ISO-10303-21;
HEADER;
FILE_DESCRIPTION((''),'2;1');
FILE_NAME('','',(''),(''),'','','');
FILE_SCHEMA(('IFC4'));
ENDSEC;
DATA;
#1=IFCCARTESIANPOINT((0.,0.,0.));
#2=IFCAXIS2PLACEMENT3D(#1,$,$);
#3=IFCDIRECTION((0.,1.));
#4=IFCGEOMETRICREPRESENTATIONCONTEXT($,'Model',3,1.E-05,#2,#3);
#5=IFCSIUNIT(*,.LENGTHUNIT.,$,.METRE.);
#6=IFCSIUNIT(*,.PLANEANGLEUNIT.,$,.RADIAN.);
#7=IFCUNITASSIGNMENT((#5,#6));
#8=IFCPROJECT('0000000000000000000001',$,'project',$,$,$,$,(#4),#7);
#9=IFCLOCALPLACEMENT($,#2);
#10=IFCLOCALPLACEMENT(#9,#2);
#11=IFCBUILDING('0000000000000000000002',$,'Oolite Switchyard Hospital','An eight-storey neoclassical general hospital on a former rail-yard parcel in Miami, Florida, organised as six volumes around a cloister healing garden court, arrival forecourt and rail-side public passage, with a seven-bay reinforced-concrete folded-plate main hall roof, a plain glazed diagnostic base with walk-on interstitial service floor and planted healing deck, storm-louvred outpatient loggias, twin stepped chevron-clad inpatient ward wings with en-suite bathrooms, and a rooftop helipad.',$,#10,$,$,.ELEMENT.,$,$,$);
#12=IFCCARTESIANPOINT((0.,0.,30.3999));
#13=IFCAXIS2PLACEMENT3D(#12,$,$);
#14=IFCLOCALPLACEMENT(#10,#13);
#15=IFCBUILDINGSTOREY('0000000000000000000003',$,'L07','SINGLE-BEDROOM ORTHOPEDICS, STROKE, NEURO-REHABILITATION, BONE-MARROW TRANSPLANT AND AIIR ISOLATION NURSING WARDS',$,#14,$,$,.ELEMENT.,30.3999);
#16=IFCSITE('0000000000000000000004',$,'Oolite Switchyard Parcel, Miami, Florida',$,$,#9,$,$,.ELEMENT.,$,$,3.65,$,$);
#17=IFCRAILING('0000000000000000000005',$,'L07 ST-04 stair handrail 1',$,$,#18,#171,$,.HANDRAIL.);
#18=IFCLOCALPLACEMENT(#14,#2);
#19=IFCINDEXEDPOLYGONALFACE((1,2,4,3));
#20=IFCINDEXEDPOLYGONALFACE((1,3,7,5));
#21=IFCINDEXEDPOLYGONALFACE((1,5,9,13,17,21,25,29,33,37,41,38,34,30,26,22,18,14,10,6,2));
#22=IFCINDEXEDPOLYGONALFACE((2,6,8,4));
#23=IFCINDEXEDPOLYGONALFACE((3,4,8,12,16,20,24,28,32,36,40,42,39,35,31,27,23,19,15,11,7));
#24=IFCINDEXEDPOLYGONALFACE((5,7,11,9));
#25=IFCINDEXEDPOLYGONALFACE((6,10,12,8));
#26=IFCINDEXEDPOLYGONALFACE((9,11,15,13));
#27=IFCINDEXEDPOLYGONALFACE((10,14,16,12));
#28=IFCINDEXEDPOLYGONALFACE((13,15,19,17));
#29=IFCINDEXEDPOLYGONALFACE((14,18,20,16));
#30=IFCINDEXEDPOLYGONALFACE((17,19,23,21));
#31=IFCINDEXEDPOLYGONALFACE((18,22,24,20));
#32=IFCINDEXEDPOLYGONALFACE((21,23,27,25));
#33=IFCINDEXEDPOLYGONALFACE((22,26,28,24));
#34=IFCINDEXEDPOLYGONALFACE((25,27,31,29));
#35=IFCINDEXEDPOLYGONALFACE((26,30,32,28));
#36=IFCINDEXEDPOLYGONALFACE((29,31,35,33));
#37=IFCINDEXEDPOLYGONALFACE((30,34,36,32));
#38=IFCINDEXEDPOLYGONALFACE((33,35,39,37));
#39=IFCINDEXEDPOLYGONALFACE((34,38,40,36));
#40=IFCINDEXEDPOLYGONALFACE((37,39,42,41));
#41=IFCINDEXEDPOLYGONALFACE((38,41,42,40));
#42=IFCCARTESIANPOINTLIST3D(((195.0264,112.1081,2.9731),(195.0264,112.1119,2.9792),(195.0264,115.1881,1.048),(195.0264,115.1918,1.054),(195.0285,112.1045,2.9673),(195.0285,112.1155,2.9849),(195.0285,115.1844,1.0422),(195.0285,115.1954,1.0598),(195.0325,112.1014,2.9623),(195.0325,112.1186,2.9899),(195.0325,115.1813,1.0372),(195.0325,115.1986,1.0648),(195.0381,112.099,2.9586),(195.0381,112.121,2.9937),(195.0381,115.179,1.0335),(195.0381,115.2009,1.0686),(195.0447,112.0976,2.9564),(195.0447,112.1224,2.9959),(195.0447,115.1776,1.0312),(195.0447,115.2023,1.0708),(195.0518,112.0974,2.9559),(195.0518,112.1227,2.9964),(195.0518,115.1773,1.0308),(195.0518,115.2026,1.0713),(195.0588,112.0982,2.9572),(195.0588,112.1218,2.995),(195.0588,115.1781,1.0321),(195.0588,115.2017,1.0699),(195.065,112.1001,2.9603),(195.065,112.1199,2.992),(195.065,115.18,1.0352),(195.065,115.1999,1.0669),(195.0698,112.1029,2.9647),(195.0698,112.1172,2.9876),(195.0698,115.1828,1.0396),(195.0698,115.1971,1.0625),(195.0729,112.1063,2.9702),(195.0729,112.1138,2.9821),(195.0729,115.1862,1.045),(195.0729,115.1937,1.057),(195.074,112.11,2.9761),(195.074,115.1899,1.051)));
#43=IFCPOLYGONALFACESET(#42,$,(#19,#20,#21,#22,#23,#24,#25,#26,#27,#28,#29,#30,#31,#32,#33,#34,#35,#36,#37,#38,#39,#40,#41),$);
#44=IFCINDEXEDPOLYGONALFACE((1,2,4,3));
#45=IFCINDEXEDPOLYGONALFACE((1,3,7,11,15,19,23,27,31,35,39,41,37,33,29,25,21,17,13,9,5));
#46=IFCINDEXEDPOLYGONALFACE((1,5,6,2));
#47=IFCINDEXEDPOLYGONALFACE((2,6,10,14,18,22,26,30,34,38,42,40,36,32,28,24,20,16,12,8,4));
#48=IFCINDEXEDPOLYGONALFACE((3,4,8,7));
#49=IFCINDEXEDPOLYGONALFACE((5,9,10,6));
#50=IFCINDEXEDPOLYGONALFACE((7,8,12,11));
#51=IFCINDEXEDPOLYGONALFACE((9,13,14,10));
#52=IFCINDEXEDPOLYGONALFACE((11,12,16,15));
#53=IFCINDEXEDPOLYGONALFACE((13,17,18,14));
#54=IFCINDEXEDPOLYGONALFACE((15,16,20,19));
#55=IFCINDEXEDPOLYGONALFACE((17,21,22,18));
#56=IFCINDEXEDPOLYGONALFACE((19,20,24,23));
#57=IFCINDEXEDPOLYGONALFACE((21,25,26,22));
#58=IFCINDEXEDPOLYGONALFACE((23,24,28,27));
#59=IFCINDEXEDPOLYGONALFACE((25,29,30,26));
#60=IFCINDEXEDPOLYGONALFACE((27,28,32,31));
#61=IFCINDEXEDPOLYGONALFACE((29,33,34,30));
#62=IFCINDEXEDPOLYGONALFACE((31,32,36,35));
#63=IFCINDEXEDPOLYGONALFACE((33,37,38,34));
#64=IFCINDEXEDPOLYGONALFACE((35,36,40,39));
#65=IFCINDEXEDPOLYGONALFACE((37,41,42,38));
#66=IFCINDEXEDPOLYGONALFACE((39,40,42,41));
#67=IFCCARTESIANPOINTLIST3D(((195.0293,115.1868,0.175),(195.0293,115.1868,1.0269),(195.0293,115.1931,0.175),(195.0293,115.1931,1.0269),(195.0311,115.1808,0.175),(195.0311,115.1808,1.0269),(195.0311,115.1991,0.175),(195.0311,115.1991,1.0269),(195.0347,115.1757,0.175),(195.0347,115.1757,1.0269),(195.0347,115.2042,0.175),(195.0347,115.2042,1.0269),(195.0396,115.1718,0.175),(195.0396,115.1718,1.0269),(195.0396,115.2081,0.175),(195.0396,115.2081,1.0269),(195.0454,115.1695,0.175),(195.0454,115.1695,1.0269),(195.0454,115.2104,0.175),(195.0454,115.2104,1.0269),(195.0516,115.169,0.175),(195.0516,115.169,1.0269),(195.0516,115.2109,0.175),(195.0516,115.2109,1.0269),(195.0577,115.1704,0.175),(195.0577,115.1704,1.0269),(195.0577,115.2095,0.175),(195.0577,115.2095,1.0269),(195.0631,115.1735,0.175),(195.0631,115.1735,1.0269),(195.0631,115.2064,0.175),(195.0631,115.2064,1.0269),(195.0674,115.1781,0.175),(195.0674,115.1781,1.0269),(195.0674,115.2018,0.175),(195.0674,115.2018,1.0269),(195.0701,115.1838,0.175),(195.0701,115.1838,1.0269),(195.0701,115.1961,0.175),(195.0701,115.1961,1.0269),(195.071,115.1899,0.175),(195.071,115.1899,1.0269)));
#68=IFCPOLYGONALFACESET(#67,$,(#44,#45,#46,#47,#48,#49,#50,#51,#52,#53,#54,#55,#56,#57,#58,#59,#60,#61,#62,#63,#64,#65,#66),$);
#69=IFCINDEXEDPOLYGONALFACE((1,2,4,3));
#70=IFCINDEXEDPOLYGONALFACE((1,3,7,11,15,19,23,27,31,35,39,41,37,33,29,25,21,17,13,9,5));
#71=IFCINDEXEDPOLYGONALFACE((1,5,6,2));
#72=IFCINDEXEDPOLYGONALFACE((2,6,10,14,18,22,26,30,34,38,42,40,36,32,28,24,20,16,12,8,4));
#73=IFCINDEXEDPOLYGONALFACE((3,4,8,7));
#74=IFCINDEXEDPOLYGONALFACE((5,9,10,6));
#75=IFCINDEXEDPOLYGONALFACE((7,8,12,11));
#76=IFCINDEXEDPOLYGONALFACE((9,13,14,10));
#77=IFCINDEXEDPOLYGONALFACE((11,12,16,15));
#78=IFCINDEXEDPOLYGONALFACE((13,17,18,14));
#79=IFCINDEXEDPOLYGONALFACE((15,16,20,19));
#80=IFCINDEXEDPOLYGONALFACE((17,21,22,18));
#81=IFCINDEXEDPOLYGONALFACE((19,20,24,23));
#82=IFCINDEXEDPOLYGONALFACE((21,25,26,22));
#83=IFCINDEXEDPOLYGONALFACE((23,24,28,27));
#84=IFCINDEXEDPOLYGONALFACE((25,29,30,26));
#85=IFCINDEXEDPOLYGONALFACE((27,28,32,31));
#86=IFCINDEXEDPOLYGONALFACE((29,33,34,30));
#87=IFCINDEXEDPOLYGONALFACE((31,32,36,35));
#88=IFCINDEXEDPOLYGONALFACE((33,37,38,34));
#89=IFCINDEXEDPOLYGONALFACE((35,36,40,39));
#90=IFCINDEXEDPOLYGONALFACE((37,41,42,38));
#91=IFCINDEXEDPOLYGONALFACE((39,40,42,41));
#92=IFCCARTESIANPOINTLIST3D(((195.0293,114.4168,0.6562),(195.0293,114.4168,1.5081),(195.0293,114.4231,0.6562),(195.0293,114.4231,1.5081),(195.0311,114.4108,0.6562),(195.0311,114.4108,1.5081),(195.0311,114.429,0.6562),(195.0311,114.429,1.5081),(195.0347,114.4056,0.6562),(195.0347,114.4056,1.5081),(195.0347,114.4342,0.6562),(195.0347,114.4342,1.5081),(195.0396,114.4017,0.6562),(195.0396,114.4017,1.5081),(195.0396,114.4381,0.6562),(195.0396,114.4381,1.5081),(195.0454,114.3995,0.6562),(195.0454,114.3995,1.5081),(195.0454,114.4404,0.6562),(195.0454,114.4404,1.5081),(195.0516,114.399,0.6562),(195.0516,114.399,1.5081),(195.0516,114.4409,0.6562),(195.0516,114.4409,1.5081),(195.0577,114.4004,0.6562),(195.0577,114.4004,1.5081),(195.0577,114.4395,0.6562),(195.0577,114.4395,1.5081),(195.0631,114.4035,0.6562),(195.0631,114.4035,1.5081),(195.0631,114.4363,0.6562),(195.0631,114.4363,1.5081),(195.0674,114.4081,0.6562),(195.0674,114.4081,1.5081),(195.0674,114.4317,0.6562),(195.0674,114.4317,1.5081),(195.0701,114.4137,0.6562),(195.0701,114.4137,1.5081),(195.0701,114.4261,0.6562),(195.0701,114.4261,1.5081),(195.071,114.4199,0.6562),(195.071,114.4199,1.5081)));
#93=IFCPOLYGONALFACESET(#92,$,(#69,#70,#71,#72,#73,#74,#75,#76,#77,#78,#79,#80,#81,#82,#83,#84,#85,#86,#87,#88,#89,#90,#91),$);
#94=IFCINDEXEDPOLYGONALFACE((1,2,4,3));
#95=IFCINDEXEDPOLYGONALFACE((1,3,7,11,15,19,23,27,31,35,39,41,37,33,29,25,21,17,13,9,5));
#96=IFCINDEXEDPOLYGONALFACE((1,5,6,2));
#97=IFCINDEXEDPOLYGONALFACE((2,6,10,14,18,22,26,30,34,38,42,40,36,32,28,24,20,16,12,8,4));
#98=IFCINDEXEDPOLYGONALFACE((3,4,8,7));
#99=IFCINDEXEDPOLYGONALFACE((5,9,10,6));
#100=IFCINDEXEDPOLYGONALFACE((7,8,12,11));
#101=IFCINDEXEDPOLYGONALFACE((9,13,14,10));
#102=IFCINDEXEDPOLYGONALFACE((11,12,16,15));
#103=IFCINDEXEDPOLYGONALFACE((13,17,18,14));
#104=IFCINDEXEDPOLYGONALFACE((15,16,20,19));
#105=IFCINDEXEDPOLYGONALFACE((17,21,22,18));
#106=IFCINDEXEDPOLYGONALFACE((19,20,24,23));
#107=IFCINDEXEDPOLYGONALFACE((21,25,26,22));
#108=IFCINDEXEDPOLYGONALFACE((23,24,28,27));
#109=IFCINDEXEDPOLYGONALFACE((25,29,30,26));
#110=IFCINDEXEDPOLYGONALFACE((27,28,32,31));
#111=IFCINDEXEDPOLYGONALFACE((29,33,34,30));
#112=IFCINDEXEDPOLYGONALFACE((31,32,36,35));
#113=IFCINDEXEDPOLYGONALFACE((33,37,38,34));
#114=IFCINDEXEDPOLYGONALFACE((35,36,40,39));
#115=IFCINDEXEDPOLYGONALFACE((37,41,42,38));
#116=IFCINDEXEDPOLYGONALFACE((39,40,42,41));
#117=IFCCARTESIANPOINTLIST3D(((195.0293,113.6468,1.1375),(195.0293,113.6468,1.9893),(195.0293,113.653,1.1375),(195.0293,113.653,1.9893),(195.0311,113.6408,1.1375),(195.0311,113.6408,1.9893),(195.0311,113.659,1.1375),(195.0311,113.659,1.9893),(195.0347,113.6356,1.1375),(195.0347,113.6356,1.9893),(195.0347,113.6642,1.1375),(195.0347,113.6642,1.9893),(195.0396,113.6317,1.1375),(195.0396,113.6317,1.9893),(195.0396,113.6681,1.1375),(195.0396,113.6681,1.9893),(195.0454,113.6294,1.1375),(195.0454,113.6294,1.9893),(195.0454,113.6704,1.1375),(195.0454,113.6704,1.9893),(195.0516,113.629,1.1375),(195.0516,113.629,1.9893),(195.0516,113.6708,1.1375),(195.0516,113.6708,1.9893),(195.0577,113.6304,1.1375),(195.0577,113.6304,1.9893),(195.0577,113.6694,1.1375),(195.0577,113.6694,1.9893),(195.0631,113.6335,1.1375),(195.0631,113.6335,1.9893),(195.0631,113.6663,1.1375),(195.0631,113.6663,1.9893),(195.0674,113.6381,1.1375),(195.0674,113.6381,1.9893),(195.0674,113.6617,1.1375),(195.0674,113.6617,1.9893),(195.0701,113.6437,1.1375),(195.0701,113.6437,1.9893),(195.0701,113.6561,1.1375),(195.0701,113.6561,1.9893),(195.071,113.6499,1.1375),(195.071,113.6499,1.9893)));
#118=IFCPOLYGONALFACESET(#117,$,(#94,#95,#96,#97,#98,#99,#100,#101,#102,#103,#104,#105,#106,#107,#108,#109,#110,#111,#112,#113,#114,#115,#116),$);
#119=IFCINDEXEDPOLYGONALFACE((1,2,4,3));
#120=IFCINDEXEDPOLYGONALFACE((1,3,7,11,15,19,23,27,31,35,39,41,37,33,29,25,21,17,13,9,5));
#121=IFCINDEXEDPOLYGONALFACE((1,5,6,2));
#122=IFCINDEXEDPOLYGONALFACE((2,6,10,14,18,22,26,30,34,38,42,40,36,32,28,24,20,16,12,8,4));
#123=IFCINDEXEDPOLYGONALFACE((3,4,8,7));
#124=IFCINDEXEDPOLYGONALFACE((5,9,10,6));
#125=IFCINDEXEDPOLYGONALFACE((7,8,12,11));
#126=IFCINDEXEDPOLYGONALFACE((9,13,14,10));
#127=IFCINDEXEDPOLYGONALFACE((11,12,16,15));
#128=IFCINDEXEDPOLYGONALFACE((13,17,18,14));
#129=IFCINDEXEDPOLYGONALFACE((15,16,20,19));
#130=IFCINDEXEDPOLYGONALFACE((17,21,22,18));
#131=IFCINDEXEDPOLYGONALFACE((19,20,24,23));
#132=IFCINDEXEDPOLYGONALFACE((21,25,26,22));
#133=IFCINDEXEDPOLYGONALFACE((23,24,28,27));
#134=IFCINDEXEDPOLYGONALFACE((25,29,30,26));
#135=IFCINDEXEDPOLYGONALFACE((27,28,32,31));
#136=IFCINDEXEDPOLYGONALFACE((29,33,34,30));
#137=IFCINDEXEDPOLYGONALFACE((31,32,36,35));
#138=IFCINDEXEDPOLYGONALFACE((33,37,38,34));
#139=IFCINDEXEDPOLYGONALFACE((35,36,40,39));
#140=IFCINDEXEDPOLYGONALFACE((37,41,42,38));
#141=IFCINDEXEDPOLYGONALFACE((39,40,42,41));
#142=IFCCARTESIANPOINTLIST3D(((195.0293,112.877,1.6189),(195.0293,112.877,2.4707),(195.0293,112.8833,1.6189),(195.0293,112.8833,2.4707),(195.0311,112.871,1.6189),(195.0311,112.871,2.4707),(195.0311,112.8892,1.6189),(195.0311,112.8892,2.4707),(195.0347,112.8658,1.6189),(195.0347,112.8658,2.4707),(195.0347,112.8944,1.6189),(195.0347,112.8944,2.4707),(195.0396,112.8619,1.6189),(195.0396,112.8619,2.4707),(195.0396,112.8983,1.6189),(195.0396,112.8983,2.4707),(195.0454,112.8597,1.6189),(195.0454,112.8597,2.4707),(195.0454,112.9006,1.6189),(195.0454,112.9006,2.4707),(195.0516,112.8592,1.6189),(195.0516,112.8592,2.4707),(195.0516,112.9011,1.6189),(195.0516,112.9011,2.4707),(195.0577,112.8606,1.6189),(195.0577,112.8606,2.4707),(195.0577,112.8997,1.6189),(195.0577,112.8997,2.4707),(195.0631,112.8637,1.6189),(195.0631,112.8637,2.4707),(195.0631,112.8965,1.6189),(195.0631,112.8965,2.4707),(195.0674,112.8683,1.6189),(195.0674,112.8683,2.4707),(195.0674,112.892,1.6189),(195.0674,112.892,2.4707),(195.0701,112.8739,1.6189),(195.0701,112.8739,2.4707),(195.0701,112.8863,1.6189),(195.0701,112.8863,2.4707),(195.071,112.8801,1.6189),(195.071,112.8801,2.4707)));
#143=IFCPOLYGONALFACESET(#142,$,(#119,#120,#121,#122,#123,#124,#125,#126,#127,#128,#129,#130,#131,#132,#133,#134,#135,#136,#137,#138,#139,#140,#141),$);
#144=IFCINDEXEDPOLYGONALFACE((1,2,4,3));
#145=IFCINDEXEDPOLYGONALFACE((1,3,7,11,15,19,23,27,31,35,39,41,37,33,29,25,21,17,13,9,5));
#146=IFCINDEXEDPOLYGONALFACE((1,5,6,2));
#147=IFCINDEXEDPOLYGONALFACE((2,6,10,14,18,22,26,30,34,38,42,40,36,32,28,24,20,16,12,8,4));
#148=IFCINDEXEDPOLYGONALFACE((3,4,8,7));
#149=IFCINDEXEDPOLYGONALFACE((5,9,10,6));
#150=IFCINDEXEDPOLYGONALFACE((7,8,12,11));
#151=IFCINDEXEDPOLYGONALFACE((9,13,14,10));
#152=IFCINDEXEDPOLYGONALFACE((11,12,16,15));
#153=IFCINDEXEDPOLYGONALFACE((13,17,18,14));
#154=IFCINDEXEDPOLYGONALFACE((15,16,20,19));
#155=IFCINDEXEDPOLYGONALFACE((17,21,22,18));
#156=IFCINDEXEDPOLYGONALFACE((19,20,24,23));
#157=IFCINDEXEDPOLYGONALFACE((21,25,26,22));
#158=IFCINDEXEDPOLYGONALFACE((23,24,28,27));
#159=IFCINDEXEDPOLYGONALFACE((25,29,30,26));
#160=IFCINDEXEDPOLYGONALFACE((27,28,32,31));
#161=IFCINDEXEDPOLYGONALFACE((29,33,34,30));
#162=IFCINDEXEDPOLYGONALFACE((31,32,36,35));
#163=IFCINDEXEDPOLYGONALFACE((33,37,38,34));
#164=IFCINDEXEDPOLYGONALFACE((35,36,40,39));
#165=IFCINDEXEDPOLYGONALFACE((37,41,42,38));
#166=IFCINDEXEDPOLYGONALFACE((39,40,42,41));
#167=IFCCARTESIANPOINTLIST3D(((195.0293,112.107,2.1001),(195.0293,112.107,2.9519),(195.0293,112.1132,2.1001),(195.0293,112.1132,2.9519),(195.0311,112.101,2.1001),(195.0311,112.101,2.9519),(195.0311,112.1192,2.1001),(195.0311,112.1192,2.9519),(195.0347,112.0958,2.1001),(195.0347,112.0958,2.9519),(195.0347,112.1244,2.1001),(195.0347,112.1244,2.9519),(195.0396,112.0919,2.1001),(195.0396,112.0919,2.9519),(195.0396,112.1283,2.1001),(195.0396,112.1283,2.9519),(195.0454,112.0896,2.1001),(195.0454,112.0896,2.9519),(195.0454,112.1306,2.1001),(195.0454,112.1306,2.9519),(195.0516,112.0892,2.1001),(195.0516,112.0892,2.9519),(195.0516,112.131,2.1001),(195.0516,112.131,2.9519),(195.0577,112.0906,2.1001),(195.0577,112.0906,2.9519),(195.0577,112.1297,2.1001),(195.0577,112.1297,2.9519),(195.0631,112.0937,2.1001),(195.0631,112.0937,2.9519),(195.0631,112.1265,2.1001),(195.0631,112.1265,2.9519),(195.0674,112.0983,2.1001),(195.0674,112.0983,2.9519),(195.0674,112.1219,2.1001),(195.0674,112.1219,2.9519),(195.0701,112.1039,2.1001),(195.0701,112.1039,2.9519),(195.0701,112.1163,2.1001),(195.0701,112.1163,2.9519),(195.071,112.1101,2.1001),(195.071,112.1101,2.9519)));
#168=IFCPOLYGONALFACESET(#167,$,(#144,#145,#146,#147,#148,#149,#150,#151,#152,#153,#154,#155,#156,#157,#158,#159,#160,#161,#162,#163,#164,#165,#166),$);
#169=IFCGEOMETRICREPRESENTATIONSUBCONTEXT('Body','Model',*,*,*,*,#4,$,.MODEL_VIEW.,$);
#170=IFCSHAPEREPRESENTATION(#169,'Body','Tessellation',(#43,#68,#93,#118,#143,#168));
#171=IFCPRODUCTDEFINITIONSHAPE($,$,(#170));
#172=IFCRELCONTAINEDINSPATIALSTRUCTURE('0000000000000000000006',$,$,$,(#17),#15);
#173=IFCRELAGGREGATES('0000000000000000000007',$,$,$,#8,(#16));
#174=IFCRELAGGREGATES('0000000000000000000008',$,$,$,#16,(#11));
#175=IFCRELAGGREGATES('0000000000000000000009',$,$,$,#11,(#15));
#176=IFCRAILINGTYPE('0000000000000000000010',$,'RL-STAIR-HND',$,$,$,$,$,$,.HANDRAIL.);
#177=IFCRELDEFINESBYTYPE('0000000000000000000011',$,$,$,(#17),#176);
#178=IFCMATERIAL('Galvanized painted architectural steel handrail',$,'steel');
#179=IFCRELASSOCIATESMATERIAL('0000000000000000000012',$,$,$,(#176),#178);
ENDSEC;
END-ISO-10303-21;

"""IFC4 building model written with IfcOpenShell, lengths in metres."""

from ifc_helpers import new_model, si_unit, direction, frame, origin, origin_2d, place, context, subcontext, project, spatial, circle, extrude, material, type_object, element, save


model = new_model("IFC4")

# Units and contexts
model_context = context("Model", 3, precision=1e-05, world=origin(), true_north=direction((0.0, 1.0)))
body_context = subcontext(model_context, "Body", "Model", "MODEL_VIEW")
ifc_project = project(units=[si_unit("LENGTHUNIT", "METRE"), si_unit("PLANEANGLEUNIT", "RADIAN")], contexts=[model_context])

# Site, building, storey
site_placement = place(None, origin())
site = spatial("IfcSite", under=ifc_project, at=site_placement, Name="Oolite Switchyard Parcel, Miami, Florida", CompositionType="ELEMENT", RefElevation=3.65)
building_placement = place(site_placement, origin())
building = spatial("IfcBuilding", under=site, at=building_placement, Name="Oolite Switchyard Hospital", Description="An eight-storey neoclassical general hospital on a former rail-yard parcel in Miami, Florida, organised as six volumes around a cloister healing garden court, arrival forecourt and rail-side public passage, with a seven-bay reinforced-concrete folded-plate main hall roof, a plain glazed diagnostic base with walk-on interstitial service floor and planted healing deck, storm-louvred outpatient loggias, twin stepped chevron-clad inpatient ward wings with en-suite bathrooms, and a rooftop helipad.", CompositionType="ELEMENT")
storey_placement = place(building_placement, frame((0.0, 0.0, 30.3999)))
storey = spatial("IfcBuildingStorey", under=building, at=storey_placement, Name="L07", Description="SINGLE-BEDROOM ORTHOPEDICS, STROKE, NEURO-REHABILITATION, BONE-MARROW TRANSPLANT AND AIIR ISOLATION NURSING WARDS", CompositionType="ELEMENT", Elevation=30.3999)

# Railing
ifc_material_1 = material(Name="Galvanized painted architectural steel handrail", Category="steel")
railing_type = type_object("IfcRailingType", Name="RL-STAIR-HND", PredefinedType="HANDRAIL", material=ifc_material_1)
railing_placement = place(storey_placement, frame((195.05, 115.1899, 0.175)))
element("IfcRailing", 1, at=railing_placement, inside=storey, type_object=railing_type, Name="L07 ST-04 stair handrail 1", PredefinedType="HANDRAIL", context=body_context, shape_type="SweptSolid", body=[
    extrude(circle(Radius=0.0239, at=origin_2d()), frame((0.0, 0.0, 0.876), z_axis=(0.0, -0.847979, 0.530029), x_axis=(1.0, 0.0, 0.0)), (0.0, 0.0, 1.0), 3.6321),
    extrude(circle(Radius=0.021, at=origin_2d()), origin(), (0.0, 0.0, 1.0), 0.8518),
    extrude(circle(Radius=0.021, at=origin_2d()), frame((0.0, -0.77, 0.4812)), (0.0, 0.0, 1.0), 0.8518),
    extrude(circle(Radius=0.021, at=origin_2d()), frame((0.0, -1.54, 0.9624)), (0.0, 0.0, 1.0), 0.8518),
    extrude(circle(Radius=0.021, at=origin_2d()), frame((0.0, -2.3098, 1.4438)), (0.0, 0.0, 1.0), 0.8518),
    extrude(circle(Radius=0.021, at=origin_2d()), frame((0.0, -3.0798, 1.925)), (0.0, 0.0, 1.0), 0.8518),
])

save(model, "model.ifc")
